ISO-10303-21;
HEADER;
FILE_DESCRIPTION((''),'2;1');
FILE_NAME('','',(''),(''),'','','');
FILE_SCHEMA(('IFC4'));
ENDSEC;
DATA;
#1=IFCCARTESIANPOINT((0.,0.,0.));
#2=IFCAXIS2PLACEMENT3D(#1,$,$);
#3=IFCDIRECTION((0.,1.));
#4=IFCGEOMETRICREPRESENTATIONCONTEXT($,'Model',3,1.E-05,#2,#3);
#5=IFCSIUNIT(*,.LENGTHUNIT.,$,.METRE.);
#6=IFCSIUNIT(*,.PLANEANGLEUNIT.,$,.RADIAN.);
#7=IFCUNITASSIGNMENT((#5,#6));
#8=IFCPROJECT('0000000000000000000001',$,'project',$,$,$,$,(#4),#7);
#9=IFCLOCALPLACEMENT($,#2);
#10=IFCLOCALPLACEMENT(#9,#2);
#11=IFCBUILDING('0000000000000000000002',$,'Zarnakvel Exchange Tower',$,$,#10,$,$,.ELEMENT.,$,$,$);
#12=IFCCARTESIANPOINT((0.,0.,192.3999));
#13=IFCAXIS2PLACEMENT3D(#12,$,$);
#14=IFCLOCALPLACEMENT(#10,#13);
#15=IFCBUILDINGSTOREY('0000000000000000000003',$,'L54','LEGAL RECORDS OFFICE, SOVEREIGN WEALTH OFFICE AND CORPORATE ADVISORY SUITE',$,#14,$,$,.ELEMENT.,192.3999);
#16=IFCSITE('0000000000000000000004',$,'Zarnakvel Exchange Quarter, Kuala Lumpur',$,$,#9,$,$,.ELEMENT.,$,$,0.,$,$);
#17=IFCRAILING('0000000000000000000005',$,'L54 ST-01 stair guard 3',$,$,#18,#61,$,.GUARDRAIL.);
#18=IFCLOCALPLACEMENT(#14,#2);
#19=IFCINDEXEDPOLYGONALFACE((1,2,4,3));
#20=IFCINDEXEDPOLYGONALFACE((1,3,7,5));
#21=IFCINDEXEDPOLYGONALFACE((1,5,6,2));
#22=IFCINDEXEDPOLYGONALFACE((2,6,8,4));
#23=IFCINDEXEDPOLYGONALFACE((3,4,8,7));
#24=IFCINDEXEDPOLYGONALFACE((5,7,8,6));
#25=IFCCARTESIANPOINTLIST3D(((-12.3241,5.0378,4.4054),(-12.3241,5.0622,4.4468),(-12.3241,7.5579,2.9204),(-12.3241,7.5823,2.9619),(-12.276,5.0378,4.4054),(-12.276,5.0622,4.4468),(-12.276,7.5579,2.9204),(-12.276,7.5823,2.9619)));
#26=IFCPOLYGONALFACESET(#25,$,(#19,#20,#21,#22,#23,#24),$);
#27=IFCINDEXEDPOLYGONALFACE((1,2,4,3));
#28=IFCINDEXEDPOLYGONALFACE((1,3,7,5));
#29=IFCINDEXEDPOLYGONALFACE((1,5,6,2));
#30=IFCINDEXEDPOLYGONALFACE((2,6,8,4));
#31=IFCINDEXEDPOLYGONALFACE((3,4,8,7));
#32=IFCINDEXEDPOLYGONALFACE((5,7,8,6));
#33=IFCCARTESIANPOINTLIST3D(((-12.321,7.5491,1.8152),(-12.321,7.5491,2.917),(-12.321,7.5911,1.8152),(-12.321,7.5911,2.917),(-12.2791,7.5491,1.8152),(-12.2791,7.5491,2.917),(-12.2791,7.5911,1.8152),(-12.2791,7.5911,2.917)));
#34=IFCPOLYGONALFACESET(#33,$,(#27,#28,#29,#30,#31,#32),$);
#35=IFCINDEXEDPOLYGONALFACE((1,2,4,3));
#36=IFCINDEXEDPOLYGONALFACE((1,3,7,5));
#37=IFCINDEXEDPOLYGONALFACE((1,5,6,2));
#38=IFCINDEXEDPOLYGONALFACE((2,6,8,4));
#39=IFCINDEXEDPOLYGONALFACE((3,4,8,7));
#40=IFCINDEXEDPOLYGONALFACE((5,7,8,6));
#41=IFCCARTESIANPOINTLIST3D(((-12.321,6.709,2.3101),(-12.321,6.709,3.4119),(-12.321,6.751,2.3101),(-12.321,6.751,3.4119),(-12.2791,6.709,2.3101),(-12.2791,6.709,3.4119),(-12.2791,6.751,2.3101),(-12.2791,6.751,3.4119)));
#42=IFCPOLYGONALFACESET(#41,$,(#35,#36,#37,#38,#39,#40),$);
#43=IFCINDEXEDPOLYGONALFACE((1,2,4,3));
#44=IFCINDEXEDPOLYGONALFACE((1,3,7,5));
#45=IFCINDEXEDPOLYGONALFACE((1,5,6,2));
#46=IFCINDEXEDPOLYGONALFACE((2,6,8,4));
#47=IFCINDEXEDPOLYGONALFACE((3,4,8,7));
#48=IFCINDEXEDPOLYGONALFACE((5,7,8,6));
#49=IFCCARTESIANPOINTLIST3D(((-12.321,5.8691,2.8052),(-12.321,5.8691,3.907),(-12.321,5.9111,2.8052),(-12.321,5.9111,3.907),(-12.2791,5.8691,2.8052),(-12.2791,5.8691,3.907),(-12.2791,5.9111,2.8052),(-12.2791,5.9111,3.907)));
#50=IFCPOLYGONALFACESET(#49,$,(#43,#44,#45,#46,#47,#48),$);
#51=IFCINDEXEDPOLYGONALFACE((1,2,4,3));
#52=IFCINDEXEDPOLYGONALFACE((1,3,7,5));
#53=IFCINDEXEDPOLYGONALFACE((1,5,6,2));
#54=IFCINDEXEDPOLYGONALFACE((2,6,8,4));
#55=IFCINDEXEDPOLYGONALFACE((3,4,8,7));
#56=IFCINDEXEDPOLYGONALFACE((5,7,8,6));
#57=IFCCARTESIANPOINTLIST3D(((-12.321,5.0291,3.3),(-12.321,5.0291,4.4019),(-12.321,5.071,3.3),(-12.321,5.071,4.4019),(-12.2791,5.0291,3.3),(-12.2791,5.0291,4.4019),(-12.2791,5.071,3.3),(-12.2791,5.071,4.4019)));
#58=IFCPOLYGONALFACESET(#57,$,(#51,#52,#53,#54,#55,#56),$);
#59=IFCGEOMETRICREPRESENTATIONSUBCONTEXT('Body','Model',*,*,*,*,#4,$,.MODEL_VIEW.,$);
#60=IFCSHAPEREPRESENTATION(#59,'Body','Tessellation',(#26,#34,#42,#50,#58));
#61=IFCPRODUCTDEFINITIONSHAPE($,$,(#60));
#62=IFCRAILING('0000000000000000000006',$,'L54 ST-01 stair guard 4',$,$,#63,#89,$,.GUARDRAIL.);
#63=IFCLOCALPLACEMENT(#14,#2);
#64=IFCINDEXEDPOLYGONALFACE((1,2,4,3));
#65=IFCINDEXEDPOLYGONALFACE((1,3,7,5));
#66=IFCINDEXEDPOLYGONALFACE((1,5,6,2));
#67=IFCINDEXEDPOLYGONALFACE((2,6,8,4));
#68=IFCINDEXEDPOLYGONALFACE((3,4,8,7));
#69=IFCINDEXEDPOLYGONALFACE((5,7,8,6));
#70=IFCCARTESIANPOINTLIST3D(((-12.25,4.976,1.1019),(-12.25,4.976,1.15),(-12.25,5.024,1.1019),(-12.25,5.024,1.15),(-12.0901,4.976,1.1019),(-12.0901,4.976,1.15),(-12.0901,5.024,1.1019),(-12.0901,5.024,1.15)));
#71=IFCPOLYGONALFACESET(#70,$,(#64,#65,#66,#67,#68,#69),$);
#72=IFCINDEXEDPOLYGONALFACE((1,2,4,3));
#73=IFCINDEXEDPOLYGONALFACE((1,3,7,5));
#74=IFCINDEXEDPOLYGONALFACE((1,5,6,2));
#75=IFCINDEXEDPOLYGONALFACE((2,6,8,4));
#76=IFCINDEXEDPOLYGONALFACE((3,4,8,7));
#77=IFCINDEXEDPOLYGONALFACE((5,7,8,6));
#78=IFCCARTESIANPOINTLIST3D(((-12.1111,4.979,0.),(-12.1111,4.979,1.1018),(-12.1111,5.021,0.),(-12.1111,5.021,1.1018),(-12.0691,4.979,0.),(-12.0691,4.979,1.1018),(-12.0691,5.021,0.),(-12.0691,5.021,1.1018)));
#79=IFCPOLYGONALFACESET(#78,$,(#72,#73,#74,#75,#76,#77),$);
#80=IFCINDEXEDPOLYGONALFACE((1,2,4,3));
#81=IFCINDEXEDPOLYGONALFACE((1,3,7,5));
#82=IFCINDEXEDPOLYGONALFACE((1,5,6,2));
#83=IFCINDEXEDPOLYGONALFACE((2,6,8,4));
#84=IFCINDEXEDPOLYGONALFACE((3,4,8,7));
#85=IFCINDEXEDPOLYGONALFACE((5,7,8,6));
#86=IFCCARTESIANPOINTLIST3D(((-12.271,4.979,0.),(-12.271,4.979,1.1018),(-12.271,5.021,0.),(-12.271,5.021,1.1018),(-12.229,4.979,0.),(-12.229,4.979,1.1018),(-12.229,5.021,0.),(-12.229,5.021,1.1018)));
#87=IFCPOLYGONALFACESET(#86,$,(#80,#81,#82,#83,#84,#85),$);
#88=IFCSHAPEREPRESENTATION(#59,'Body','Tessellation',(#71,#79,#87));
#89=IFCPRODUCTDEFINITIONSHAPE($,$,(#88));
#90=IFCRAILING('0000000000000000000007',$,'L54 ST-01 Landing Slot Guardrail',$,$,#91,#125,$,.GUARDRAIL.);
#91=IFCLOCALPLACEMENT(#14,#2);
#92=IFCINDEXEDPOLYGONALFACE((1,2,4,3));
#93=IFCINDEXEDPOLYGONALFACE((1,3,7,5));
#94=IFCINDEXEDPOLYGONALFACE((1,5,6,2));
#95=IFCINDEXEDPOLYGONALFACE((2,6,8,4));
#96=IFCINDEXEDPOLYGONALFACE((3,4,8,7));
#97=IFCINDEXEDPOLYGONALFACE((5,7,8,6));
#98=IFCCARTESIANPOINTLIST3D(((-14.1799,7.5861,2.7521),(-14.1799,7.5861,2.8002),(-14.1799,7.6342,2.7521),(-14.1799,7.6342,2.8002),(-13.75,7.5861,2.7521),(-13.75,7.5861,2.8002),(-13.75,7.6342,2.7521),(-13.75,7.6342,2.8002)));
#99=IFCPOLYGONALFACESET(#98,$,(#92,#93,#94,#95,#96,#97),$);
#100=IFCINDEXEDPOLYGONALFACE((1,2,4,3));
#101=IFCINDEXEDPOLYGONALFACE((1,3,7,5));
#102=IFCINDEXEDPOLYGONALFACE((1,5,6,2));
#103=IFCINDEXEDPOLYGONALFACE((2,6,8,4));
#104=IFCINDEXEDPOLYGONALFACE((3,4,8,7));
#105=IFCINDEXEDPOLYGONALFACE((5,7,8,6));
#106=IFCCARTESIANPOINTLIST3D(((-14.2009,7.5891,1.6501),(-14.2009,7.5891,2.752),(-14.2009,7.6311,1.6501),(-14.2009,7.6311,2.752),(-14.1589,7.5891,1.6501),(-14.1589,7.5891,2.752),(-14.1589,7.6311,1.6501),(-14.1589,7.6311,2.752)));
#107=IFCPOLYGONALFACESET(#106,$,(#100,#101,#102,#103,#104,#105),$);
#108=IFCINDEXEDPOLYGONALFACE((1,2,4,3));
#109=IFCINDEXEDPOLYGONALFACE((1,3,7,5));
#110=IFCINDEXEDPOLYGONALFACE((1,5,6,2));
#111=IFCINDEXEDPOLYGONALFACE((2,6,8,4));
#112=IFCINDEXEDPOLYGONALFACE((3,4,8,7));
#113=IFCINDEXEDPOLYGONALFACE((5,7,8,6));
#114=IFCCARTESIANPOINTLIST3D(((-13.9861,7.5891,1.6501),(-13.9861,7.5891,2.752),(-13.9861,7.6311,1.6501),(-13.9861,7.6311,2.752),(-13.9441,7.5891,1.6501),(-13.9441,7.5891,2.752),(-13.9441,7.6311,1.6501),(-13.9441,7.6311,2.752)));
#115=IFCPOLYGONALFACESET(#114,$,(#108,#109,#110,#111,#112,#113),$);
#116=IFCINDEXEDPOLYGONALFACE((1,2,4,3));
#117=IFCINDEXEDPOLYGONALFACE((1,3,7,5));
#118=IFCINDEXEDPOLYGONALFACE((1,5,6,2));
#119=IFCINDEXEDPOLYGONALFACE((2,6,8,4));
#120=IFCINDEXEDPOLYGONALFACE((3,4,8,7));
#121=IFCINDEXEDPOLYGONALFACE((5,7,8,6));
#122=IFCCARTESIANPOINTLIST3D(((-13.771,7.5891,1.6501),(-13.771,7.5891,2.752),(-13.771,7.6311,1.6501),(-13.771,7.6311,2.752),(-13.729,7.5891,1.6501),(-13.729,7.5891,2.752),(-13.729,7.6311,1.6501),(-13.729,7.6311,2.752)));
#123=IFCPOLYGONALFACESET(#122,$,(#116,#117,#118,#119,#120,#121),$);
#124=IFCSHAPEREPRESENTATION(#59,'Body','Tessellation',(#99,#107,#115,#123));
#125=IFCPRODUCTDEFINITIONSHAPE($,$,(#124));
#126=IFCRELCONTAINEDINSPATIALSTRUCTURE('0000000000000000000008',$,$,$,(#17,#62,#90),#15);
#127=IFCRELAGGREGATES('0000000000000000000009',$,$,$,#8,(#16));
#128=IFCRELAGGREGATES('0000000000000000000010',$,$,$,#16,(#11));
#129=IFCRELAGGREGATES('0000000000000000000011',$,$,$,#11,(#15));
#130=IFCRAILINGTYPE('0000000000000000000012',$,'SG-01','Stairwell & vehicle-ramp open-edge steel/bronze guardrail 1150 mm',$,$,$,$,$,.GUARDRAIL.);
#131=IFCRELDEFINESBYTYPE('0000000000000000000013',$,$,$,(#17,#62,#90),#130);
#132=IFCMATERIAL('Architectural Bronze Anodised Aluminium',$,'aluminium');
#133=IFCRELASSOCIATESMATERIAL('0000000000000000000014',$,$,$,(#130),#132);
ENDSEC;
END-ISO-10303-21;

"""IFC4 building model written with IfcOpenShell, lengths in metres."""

from ifc_helpers import new_model, si_unit, direction, frame, origin, origin_2d, place, context, subcontext, project, spatial, rectangle, extrude, material, type_object, element, save


model = new_model("IFC4")

# Units and contexts
model_context = context("Model", 3, precision=1e-05, world=origin(), true_north=direction((0.0, 1.0)))
body_context = subcontext(model_context, "Body", "Model", "MODEL_VIEW")
ifc_project = project(units=[si_unit("LENGTHUNIT", "METRE"), si_unit("PLANEANGLEUNIT", "RADIAN")], contexts=[model_context])

# Site, building, storey
site_placement = place(None, origin())
site = spatial("IfcSite", under=ifc_project, at=site_placement, Name="Zarnakvel Exchange Quarter, Kuala Lumpur", CompositionType="ELEMENT", RefElevation=0.0)
building_placement = place(site_placement, origin())
building = spatial("IfcBuilding", under=site, at=building_placement, Name="Zarnakvel Exchange Tower", CompositionType="ELEMENT")
storey_placement = place(building_placement, frame((0.0, 0.0, 192.3999)))
storey = spatial("IfcBuildingStorey", under=building, at=storey_placement, Name="L54", Description="LEGAL RECORDS OFFICE, SOVEREIGN WEALTH OFFICE AND CORPORATE ADVISORY SUITE", CompositionType="ELEMENT", Elevation=192.3999)

# Shared definitions
ifc_material_1 = material(Name="Architectural Bronze Anodised Aluminium", Category="aluminium")

# Railings
railing_type_1 = type_object("IfcRailingType", Name="SG-01", Description="Stairwell & vehicle-ramp open-edge steel/bronze guardrail 1150 mm", PredefinedType="GUARDRAIL", material=ifc_material_1)
railing_1_placement = place(storey_placement, frame((-12.3, 7.5701, 1.8152)))
element("IfcRailing", 1, at=railing_1_placement, inside=storey, type_object=railing_type_1, Name="L54 ST-01 stair guard 3", PredefinedType="GUARDRAIL", context=body_context, shape_type="SweptSolid", body=[
    extrude(rectangle(XDim=0.0481, YDim=0.0481, at=origin_2d()), frame((0.0, 0.0, 1.126), z_axis=(0.0, -0.861561, 0.507655), x_axis=(1.0, 0.0, 0.0)), (0.0, 0.0, 1.0), 2.925),
    extrude(rectangle(XDim=0.042, YDim=0.042, at=origin_2d()), origin(), (0.0, 0.0, 1.0), 1.1018),
    extrude(rectangle(XDim=0.042, YDim=0.042, at=origin_2d()), frame((0.0, -0.8401, 0.4949)), (0.0, 0.0, 1.0), 1.1018),
    extrude(rectangle(XDim=0.042, YDim=0.042, at=origin_2d()), frame((0.0, -1.6799, 0.99)), (0.0, 0.0, 1.0), 1.1018),
    extrude(rectangle(XDim=0.042, YDim=0.042, at=origin_2d()), frame((0.0, -2.52, 1.4849)), (0.0, 0.0, 1.0), 1.1018),
])
railing_2_placement = place(storey_placement, frame((-12.0901, 5.0, 0.0)))
element("IfcRailing", 2, at=railing_2_placement, inside=storey, type_object=railing_type_1, Name="L54 ST-01 stair guard 4", PredefinedType="GUARDRAIL", context=body_context, shape_type="SweptSolid", body=[
    extrude(rectangle(XDim=0.0481, YDim=0.0481, at=origin_2d()), frame((0.0, 0.0, 1.126), z_axis=(-1.0, 0.0, 0.0), x_axis=(0.0, -1.0, 0.0)), (0.0, 0.0, 1.0), 0.1599),
    extrude(rectangle(XDim=0.042, YDim=0.042, at=origin_2d()), origin(), (0.0, 0.0, 1.0), 1.1018),
    extrude(rectangle(XDim=0.042, YDim=0.042, at=origin_2d()), frame((-0.1599, 0.0, 0.0)), (0.0, 0.0, 1.0), 1.1018),
])
railing_3_placement = place(storey_placement, frame((-14.1799, 7.6101, 1.6501)))
element("IfcRailing", 3, at=railing_3_placement, inside=storey, type_object=railing_type_1, Name="L54 ST-01 Landing Slot Guardrail", PredefinedType="GUARDRAIL", context=body_context, shape_type="SweptSolid", body=[
    extrude(rectangle(XDim=0.0481, YDim=0.0481, at=origin_2d()), frame((0.0, 0.0, 1.126), z_axis=(1.0, 0.0, 0.0), x_axis=(0.0, 1.0, 0.0)), (0.0, 0.0, 1.0), 0.4299),
    extrude(rectangle(XDim=0.042, YDim=0.042, at=origin_2d()), origin(), (0.0, 0.0, 1.0), 1.1018),
    extrude(rectangle(XDim=0.042, YDim=0.042, at=origin_2d()), frame((0.2148, 0.0, 0.0)), (0.0, 0.0, 1.0), 1.1018),
    extrude(rectangle(XDim=0.042, YDim=0.042, at=origin_2d()), frame((0.4299, 0.0, 0.0)), (0.0, 0.0, 1.0), 1.1018),
])

save(model, "model.ifc")
